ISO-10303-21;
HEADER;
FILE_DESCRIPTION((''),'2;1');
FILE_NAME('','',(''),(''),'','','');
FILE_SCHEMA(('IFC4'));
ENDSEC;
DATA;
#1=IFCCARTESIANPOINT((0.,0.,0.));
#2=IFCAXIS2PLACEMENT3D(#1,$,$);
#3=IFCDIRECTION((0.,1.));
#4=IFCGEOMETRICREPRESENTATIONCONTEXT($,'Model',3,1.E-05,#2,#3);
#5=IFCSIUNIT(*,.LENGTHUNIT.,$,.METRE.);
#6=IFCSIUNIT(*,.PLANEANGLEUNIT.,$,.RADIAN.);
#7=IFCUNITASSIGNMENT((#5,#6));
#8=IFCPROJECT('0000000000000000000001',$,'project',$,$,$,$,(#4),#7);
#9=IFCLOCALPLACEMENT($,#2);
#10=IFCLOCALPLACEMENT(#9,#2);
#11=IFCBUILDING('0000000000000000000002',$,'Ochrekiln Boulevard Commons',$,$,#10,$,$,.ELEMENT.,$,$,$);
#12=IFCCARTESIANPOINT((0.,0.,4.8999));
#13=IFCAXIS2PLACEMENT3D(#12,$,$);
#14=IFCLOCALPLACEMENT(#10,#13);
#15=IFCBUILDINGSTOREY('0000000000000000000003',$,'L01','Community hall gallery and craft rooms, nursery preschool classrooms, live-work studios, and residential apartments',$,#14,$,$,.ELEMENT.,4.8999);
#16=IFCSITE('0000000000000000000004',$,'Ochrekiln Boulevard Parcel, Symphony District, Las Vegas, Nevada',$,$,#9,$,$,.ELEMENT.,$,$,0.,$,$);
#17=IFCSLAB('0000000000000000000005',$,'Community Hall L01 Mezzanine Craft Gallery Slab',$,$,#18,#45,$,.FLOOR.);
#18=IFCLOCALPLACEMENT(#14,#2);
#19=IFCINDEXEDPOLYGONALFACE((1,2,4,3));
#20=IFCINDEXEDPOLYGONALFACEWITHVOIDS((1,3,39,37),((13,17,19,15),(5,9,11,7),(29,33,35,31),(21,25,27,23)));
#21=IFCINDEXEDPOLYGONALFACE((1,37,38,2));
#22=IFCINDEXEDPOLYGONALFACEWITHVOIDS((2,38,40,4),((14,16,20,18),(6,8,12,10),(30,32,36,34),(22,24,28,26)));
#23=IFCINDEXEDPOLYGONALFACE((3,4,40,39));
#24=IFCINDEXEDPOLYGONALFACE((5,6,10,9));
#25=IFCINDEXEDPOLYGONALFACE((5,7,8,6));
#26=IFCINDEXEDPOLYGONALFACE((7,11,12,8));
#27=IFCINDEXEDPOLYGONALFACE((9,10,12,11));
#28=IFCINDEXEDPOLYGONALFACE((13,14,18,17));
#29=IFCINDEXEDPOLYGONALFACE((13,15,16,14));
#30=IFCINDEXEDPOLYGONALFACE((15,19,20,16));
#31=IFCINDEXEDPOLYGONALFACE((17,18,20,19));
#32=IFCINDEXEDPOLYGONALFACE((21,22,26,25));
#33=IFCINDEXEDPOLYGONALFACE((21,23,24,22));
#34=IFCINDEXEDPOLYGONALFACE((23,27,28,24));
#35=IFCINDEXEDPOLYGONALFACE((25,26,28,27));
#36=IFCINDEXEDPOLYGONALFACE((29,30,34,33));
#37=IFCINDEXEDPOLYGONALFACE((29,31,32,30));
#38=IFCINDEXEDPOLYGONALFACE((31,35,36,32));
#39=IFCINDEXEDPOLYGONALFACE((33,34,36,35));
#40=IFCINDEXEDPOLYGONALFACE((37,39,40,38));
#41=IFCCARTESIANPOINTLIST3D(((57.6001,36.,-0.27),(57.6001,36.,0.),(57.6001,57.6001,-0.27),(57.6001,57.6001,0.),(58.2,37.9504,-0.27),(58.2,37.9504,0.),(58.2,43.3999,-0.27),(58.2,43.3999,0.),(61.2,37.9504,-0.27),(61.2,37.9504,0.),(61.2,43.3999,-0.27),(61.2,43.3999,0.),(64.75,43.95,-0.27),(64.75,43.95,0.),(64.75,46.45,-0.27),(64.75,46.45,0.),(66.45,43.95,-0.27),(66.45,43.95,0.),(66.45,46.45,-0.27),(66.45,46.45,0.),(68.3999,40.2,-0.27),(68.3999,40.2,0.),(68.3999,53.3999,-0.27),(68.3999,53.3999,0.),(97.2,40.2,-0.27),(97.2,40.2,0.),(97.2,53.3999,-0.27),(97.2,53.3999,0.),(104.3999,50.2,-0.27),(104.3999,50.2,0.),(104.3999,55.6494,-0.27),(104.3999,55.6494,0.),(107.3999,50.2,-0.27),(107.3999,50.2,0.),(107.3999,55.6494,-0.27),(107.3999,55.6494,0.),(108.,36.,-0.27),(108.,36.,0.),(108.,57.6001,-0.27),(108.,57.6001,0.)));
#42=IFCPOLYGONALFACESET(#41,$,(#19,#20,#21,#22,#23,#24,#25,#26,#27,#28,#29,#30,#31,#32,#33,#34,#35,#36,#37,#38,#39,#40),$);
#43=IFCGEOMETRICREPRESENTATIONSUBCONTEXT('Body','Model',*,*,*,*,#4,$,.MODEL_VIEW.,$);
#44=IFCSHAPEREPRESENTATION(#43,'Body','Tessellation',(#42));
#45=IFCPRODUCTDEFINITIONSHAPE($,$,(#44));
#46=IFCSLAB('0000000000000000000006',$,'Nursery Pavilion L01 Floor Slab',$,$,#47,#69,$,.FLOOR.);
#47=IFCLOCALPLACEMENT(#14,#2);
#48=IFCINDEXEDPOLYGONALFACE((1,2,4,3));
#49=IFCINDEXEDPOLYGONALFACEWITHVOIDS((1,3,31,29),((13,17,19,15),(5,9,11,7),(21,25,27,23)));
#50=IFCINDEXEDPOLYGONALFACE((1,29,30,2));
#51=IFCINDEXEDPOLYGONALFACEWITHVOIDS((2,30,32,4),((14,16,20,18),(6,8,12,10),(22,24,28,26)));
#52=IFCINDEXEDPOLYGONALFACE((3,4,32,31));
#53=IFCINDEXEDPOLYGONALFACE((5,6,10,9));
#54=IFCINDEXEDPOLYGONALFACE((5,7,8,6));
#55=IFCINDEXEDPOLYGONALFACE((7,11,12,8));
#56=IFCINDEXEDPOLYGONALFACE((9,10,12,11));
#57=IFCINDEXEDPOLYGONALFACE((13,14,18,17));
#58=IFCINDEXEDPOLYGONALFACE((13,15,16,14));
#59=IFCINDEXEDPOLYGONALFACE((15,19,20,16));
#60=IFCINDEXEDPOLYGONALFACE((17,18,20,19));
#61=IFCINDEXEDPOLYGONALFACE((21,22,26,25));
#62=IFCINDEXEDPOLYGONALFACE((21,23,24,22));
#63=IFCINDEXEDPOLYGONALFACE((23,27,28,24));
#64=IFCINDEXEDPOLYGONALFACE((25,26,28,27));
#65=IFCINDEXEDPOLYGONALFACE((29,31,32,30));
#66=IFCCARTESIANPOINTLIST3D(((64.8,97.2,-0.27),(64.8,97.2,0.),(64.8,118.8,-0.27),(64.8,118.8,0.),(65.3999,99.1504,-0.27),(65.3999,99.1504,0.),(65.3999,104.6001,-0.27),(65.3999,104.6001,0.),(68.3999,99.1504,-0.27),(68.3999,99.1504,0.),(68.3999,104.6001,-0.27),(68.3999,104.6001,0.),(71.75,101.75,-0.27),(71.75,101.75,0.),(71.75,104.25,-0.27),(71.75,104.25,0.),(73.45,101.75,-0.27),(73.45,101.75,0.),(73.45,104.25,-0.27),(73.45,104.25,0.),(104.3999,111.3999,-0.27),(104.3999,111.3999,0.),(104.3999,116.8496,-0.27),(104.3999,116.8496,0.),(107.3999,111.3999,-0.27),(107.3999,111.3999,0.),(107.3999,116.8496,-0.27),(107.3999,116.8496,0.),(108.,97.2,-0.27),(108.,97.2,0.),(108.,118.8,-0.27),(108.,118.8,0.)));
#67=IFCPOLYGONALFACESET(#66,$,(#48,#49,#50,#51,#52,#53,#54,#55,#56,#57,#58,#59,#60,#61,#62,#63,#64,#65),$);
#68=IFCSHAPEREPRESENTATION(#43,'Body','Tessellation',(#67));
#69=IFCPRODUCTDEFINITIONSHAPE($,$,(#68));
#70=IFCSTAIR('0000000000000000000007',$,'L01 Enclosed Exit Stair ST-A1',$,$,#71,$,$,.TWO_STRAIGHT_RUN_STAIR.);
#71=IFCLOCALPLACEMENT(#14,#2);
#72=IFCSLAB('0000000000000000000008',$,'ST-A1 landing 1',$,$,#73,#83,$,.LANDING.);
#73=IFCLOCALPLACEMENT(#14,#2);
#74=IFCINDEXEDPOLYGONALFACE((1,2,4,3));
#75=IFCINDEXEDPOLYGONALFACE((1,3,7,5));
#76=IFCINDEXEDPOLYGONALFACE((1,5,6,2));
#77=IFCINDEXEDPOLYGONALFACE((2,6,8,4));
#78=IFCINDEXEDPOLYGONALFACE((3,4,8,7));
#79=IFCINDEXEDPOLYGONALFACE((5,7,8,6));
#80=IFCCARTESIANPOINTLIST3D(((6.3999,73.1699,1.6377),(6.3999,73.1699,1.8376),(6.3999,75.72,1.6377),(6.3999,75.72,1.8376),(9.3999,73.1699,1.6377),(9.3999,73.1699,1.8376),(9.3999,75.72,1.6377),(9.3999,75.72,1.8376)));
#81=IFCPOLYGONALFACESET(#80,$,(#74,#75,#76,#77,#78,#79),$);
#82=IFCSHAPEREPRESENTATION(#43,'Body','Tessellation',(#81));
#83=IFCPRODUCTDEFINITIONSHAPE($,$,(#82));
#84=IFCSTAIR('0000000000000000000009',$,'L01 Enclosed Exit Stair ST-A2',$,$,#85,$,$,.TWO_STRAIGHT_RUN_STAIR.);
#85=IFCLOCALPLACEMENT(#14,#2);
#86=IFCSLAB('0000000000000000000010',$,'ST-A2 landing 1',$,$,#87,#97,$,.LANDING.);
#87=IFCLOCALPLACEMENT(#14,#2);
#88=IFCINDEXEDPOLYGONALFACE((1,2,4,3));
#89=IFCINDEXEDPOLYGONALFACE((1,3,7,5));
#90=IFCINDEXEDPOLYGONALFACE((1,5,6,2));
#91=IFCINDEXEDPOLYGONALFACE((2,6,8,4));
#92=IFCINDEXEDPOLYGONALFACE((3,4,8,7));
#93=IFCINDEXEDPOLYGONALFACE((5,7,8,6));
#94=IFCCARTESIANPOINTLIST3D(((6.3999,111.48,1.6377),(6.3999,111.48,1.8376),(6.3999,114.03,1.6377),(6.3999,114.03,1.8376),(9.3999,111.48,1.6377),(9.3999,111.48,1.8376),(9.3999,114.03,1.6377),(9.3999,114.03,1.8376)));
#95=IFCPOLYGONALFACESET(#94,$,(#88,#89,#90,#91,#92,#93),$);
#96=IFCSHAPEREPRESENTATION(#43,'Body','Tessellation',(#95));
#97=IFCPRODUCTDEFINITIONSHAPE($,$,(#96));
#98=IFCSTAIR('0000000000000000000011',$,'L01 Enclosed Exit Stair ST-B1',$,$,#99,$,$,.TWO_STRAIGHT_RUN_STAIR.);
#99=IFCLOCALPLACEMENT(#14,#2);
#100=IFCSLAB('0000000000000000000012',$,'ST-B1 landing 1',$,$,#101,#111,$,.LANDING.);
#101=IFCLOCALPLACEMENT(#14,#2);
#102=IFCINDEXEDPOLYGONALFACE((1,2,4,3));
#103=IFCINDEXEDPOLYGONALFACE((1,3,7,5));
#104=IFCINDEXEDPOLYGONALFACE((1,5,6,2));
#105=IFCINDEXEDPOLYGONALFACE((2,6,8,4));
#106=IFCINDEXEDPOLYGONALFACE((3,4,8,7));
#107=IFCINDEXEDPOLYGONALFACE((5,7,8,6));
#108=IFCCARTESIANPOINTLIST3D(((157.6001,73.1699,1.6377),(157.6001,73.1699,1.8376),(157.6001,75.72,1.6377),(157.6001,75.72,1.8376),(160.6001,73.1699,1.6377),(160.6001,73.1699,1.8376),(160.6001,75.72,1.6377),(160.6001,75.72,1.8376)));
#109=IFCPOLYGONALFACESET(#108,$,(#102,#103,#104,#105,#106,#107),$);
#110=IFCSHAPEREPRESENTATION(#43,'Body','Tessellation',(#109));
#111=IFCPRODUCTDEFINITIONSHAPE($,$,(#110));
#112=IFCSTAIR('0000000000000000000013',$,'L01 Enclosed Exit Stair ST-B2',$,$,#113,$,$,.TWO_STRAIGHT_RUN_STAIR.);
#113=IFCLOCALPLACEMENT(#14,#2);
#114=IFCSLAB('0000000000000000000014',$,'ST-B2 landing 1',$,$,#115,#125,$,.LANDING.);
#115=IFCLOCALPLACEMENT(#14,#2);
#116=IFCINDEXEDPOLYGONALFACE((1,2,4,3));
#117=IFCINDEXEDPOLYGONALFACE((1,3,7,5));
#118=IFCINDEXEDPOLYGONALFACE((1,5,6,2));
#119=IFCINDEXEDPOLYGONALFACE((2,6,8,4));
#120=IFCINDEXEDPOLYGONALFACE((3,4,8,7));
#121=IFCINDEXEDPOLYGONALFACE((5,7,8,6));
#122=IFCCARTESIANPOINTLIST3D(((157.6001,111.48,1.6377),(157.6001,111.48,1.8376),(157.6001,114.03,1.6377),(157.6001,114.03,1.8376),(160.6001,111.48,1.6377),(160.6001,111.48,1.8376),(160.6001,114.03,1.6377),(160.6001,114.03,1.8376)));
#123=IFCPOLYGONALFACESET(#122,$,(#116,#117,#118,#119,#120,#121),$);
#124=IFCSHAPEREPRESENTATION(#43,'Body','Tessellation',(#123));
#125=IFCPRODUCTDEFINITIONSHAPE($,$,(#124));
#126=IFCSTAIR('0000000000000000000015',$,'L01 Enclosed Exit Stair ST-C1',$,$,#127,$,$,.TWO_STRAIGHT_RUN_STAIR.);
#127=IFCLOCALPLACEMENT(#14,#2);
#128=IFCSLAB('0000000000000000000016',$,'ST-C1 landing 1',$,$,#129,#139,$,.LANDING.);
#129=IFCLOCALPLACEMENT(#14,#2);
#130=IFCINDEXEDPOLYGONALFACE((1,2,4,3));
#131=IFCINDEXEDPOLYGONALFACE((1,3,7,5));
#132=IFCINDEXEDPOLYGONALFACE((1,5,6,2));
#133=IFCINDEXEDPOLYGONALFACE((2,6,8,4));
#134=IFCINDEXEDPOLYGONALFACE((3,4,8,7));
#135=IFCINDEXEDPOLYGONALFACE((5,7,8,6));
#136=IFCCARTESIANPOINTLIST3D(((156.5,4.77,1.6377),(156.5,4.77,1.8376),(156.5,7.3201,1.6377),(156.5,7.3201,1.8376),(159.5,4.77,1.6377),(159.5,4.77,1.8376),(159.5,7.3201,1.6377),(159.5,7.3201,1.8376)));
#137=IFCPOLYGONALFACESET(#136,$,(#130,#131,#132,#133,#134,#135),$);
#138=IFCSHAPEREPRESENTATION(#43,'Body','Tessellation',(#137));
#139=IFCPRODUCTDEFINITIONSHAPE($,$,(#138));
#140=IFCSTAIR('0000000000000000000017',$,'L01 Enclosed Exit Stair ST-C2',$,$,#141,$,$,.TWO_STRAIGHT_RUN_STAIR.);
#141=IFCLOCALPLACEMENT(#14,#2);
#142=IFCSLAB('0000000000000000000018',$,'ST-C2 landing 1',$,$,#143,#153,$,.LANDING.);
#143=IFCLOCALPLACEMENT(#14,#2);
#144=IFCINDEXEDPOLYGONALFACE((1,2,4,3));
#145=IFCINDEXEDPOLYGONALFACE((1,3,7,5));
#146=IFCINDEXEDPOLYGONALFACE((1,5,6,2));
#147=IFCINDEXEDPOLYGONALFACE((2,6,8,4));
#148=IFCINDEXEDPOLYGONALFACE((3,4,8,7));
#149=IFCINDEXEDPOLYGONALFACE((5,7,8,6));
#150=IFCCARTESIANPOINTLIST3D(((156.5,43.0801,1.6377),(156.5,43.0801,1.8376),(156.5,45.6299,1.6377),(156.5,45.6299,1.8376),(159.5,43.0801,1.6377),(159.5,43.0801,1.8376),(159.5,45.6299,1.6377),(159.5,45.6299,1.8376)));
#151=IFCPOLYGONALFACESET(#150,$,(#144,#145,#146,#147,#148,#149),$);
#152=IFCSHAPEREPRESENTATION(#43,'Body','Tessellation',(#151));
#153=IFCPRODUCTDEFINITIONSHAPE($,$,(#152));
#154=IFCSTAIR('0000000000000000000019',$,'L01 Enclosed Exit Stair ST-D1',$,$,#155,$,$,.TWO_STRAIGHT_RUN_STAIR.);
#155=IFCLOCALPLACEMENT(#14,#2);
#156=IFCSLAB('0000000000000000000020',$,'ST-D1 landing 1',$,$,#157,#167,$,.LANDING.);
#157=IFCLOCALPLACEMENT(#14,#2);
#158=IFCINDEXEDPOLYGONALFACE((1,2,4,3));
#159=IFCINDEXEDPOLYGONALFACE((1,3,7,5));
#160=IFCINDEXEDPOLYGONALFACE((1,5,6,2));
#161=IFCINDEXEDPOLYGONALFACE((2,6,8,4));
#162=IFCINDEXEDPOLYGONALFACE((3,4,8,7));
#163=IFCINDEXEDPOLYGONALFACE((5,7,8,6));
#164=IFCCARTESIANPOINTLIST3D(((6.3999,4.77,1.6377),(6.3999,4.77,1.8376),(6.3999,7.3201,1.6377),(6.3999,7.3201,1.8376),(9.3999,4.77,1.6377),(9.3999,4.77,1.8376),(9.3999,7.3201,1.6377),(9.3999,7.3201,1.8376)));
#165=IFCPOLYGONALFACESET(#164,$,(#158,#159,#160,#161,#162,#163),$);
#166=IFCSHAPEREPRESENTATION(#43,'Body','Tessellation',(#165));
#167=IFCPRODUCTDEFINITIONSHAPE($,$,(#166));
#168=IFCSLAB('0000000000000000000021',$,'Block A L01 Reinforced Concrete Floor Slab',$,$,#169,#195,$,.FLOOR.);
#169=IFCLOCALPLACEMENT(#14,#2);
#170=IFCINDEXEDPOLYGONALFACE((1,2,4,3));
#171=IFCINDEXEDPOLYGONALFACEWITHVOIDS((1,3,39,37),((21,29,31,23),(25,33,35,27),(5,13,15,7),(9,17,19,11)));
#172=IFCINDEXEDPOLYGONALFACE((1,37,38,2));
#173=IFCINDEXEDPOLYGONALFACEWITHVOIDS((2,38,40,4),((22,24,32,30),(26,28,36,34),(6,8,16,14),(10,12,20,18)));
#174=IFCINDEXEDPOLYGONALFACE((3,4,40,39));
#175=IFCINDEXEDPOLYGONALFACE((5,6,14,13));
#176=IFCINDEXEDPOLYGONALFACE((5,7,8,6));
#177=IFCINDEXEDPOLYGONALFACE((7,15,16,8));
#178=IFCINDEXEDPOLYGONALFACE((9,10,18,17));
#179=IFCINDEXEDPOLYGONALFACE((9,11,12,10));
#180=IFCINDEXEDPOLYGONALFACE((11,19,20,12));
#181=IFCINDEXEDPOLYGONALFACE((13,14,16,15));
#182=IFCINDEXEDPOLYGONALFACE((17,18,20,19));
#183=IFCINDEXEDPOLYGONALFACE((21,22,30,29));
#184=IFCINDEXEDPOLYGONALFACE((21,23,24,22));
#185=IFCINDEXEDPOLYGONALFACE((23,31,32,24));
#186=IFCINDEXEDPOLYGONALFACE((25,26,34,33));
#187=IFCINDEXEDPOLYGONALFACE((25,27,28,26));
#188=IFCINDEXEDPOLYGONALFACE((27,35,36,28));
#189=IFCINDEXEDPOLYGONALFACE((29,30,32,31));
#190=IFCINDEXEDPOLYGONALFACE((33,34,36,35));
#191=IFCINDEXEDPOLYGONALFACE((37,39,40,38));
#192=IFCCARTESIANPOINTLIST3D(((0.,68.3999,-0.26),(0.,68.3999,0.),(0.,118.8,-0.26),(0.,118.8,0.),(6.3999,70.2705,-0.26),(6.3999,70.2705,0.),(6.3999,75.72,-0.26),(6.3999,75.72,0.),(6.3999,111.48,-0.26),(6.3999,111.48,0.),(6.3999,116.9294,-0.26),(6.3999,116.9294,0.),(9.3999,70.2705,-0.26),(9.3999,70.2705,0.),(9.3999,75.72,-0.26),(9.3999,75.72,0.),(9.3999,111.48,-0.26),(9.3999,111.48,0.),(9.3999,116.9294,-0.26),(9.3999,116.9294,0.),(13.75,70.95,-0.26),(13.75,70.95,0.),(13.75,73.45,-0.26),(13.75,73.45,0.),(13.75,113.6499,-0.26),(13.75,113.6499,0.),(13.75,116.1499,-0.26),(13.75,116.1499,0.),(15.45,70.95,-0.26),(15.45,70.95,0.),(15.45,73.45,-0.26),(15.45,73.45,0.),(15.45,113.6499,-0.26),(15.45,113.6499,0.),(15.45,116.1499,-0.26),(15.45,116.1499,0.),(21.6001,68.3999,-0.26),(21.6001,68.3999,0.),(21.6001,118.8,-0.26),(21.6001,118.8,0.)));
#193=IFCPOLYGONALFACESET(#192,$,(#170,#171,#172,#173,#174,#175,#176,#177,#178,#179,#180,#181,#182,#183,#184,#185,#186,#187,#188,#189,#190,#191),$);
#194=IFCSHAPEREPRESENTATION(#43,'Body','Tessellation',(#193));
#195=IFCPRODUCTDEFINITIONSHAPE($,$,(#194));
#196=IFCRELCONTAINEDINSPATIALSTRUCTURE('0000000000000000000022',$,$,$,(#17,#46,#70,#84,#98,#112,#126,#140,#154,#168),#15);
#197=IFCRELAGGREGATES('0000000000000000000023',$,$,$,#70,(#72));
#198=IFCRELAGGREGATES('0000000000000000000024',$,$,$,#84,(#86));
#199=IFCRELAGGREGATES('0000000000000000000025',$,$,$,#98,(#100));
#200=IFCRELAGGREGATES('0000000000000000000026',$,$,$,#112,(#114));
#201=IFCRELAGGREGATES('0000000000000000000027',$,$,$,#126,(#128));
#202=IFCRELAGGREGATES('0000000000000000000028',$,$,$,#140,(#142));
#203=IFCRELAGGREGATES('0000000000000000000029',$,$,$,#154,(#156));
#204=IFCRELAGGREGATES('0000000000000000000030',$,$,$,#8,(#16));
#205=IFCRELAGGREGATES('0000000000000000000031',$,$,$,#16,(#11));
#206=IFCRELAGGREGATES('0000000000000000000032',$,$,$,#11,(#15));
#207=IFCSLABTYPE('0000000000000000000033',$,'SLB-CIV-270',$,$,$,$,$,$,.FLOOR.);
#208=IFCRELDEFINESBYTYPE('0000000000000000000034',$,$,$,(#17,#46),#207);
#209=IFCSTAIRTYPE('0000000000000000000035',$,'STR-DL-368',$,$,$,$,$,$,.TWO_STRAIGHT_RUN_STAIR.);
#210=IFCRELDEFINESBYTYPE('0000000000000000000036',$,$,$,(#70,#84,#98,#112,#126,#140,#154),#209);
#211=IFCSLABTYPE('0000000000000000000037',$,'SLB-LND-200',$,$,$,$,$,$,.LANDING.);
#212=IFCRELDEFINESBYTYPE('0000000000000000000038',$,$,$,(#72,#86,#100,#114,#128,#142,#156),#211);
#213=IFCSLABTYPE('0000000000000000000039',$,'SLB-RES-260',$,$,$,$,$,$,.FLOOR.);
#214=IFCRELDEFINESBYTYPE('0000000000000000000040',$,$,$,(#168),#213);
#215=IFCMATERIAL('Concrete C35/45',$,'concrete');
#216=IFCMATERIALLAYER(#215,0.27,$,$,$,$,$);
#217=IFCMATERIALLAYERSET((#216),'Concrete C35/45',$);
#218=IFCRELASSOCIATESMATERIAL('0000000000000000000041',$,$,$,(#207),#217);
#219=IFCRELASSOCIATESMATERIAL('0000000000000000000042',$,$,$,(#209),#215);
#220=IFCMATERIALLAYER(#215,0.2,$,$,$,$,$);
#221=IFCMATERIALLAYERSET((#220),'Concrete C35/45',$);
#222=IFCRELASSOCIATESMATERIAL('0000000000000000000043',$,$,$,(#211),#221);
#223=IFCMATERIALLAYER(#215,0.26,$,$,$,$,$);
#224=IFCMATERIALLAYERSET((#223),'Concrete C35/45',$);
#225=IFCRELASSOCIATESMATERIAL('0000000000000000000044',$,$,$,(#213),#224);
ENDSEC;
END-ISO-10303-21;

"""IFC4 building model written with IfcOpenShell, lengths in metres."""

from ifc_helpers import new_model, si_unit, direction, frame, origin, place, context, subcontext, project, spatial, polyline, outline, extrude, material, layer, layer_set, type_object, element, aggregate, save


model = new_model("IFC4")

# Units and contexts
model_context = context("Model", 3, precision=1e-05, world=origin(), true_north=direction((0.0, 1.0)))
body_context = subcontext(model_context, "Body", "Model", "MODEL_VIEW")
ifc_project = project(units=[si_unit("LENGTHUNIT", "METRE"), si_unit("PLANEANGLEUNIT", "RADIAN")], contexts=[model_context])

# Site, building, storey
site_placement = place(None, origin())
site = spatial("IfcSite", under=ifc_project, at=site_placement, Name="Ochrekiln Boulevard Parcel, Symphony District, Las Vegas, Nevada", CompositionType="ELEMENT", RefElevation=0.0)
building_placement = place(site_placement, origin())
building = spatial("IfcBuilding", under=site, at=building_placement, Name="Ochrekiln Boulevard Commons", CompositionType="ELEMENT")
storey_placement = place(building_placement, frame((0.0, 0.0, 4.8999)))
storey = spatial("IfcBuildingStorey", under=building, at=storey_placement, Name="L01", Description="Community hall gallery and craft rooms, nursery preschool classrooms, live-work studios, and residential apartments", CompositionType="ELEMENT", Elevation=4.8999)

# Slabs
ifc_material = material(Name="Concrete C35/45", Category="concrete")
ifc_layer_1 = layer(ifc_material, 0.27)
ifc_layer_set_1 = layer_set([ifc_layer_1], Name="Concrete C35/45")
slab_type_1 = type_object("IfcSlabType", Name="SLB-CIV-270", PredefinedType="FLOOR", material=ifc_layer_set_1)
slab_1_placement = place(storey_placement, frame((0.0, 0.0, -0.27)))
element("IfcSlab", 1, at=slab_1_placement, inside=storey, type_object=slab_type_1, Name="Community Hall L01 Mezzanine Craft Gallery Slab", PredefinedType="FLOOR", context=body_context, shape_type="SweptSolid", body=[
    extrude(outline(polyline([(57.6001, 36.0), (108.0, 36.0), (108.0, 57.6001), (57.6001, 57.6001), (57.6001, 36.0)]), holes=[polyline([(61.2, 37.9504), (61.2, 43.3999), (58.2, 43.3999), (58.2, 37.9504), (61.2, 37.9504)]), polyline([(104.3999, 55.6494), (104.3999, 50.2), (107.3999, 50.2), (107.3999, 55.6494), (104.3999, 55.6494)]), polyline([(64.75, 43.95), (66.45, 43.95), (66.45, 46.45), (64.75, 46.45), (64.75, 43.95)]), polyline([(68.3999, 40.2), (97.2, 40.2), (97.2, 53.3999), (68.3999, 53.3999), (68.3999, 40.2)])]), origin(), (0.0, 0.0, 1.0), 0.27),
])
slab_2_placement = place(storey_placement, frame((0.0, 0.0, -0.27)))
element("IfcSlab", 2, at=slab_2_placement, inside=storey, type_object=slab_type_1, Name="Nursery Pavilion L01 Floor Slab", PredefinedType="FLOOR", context=body_context, shape_type="SweptSolid", body=[
    extrude(outline(polyline([(64.8, 97.2), (108.0, 97.2), (108.0, 118.8), (64.8, 118.8), (64.8, 97.2)]), holes=[polyline([(68.3999, 99.1504), (68.3999, 104.6001), (65.3999, 104.6001), (65.3999, 99.1504), (68.3999, 99.1504)]), polyline([(104.3999, 116.8496), (104.3999, 111.3999), (107.3999, 111.3999), (107.3999, 116.8496), (104.3999, 116.8496)]), polyline([(71.75, 101.75), (73.45, 101.75), (73.45, 104.25), (71.75, 104.25), (71.75, 101.75)])]), origin(), (0.0, 0.0, 1.0), 0.27),
])

# Stairs, slabs
stair_type = type_object("IfcStairType", Name="STR-DL-368", PredefinedType="TWO_STRAIGHT_RUN_STAIR", material=ifc_material)
stair_1_placement = place(storey_placement, origin())
stair_1 = element("IfcStair", 3, at=stair_1_placement, inside=storey, type_object=stair_type, Name="L01 Enclosed Exit Stair ST-A1", PredefinedType="TWO_STRAIGHT_RUN_STAIR")
ifc_layer_2 = layer(ifc_material, 0.2)
ifc_layer_set_2 = layer_set([ifc_layer_2], Name="Concrete C35/45")
slab_type_2 = type_object("IfcSlabType", Name="SLB-LND-200", PredefinedType="LANDING", material=ifc_layer_set_2)
slab_3_placement = place(storey_placement, frame((0.0, 0.0, 1.6377)))
slab_3 = element("IfcSlab", 4, at=slab_3_placement, type_object=slab_type_2, Name="ST-A1 landing 1", PredefinedType="LANDING", context=body_context, shape_type="SweptSolid", body=[
    extrude(outline(polyline([(9.3999, 73.1699), (9.3999, 75.72), (6.3999, 75.72), (6.3999, 73.1699), (9.3999, 73.1699)])), origin(), (0.0, 0.0, 1.0), 0.2),
])
aggregate(stair_1, [slab_3])
stair_2_placement = place(storey_placement, origin())
stair_2 = element("IfcStair", 5, at=stair_2_placement, inside=storey, type_object=stair_type, Name="L01 Enclosed Exit Stair ST-A2", PredefinedType="TWO_STRAIGHT_RUN_STAIR")
slab_4_placement = place(storey_placement, frame((0.0, 0.0, 1.6377)))
slab_4 = element("IfcSlab", 6, at=slab_4_placement, type_object=slab_type_2, Name="ST-A2 landing 1", PredefinedType="LANDING", context=body_context, shape_type="SweptSolid", body=[
    extrude(outline(polyline([(6.3999, 114.03), (6.3999, 111.48), (9.3999, 111.48), (9.3999, 114.03), (6.3999, 114.03)])), origin(), (0.0, 0.0, 1.0), 0.2),
])
aggregate(stair_2, [slab_4])
stair_3_placement = place(storey_placement, origin())
stair_3 = element("IfcStair", 7, at=stair_3_placement, inside=storey, type_object=stair_type, Name="L01 Enclosed Exit Stair ST-B1", PredefinedType="TWO_STRAIGHT_RUN_STAIR")
slab_5_placement = place(storey_placement, frame((0.0, 0.0, 1.6377)))
slab_5 = element("IfcSlab", 8, at=slab_5_placement, type_object=slab_type_2, Name="ST-B1 landing 1", PredefinedType="LANDING", context=body_context, shape_type="SweptSolid", body=[
    extrude(outline(polyline([(160.6001, 73.1699), (160.6001, 75.72), (157.6001, 75.72), (157.6001, 73.1699), (160.6001, 73.1699)])), origin(), (0.0, 0.0, 1.0), 0.2),
])
aggregate(stair_3, [slab_5])
stair_4_placement = place(storey_placement, origin())
stair_4 = element("IfcStair", 9, at=stair_4_placement, inside=storey, type_object=stair_type, Name="L01 Enclosed Exit Stair ST-B2", PredefinedType="TWO_STRAIGHT_RUN_STAIR")
slab_6_placement = place(storey_placement, frame((0.0, 0.0, 1.6377)))
slab_6 = element("IfcSlab", 10, at=slab_6_placement, type_object=slab_type_2, Name="ST-B2 landing 1", PredefinedType="LANDING", context=body_context, shape_type="SweptSolid", body=[
    extrude(outline(polyline([(157.6001, 114.03), (157.6001, 111.48), (160.6001, 111.48), (160.6001, 114.03), (157.6001, 114.03)])), origin(), (0.0, 0.0, 1.0), 0.2),
])
aggregate(stair_4, [slab_6])
stair_5_placement = place(storey_placement, origin())
stair_5 = element("IfcStair", 11, at=stair_5_placement, inside=storey, type_object=stair_type, Name="L01 Enclosed Exit Stair ST-C1", PredefinedType="TWO_STRAIGHT_RUN_STAIR")
slab_7_placement = place(storey_placement, frame((0.0, 0.0, 1.6377)))
slab_7 = element("IfcSlab", 12, at=slab_7_placement, type_object=slab_type_2, Name="ST-C1 landing 1", PredefinedType="LANDING", context=body_context, shape_type="SweptSolid", body=[
    extrude(outline(polyline([(159.5, 4.77), (159.5, 7.3201), (156.5, 7.3201), (156.5, 4.77), (159.5, 4.77)])), origin(), (0.0, 0.0, 1.0), 0.2),
])
aggregate(stair_5, [slab_7])
stair_6_placement = place(storey_placement, origin())
stair_6 = element("IfcStair", 13, at=stair_6_placement, inside=storey, type_object=stair_type, Name="L01 Enclosed Exit Stair ST-C2", PredefinedType="TWO_STRAIGHT_RUN_STAIR")
slab_8_placement = place(storey_placement, frame((0.0, 0.0, 1.6377)))
slab_8 = element("IfcSlab", 14, at=slab_8_placement, type_object=slab_type_2, Name="ST-C2 landing 1", PredefinedType="LANDING", context=body_context, shape_type="SweptSolid", body=[
    extrude(outline(polyline([(156.5, 45.6299), (156.5, 43.0801), (159.5, 43.0801), (159.5, 45.6299), (156.5, 45.6299)])), origin(), (0.0, 0.0, 1.0), 0.2),
])
aggregate(stair_6, [slab_8])
stair_7_placement = place(storey_placement, origin())
stair_7 = element("IfcStair", 15, at=stair_7_placement, inside=storey, type_object=stair_type, Name="L01 Enclosed Exit Stair ST-D1", PredefinedType="TWO_STRAIGHT_RUN_STAIR")
slab_9_placement = place(storey_placement, frame((0.0, 0.0, 1.6377)))
slab_9 = element("IfcSlab", 16, at=slab_9_placement, type_object=slab_type_2, Name="ST-D1 landing 1", PredefinedType="LANDING", context=body_context, shape_type="SweptSolid", body=[
    extrude(outline(polyline([(9.3999, 4.77), (9.3999, 7.3201), (6.3999, 7.3201), (6.3999, 4.77), (9.3999, 4.77)])), origin(), (0.0, 0.0, 1.0), 0.2),
])
aggregate(stair_7, [slab_9])

# Slab
ifc_layer_3 = layer(ifc_material, 0.26)
ifc_layer_set_3 = layer_set([ifc_layer_3], Name="Concrete C35/45")
slab_type_3 = type_object("IfcSlabType", Name="SLB-RES-260", PredefinedType="FLOOR", material=ifc_layer_set_3)
slab_10_placement = place(storey_placement, frame((0.0, 0.0, -0.26)))
element("IfcSlab", 17, at=slab_10_placement, inside=storey, type_object=slab_type_3, Name="Block A L01 Reinforced Concrete Floor Slab", PredefinedType="FLOOR", context=body_context, shape_type="SweptSolid", body=[
    extrude(outline(polyline([(0.0, 68.3999), (21.6001, 68.3999), (21.6001, 118.8), (0.0, 118.8), (0.0, 68.3999)]), holes=[polyline([(9.3999, 70.2705), (9.3999, 75.72), (6.3999, 75.72), (6.3999, 70.2705), (9.3999, 70.2705)]), polyline([(6.3999, 116.9294), (6.3999, 111.48), (9.3999, 111.48), (9.3999, 116.9294), (6.3999, 116.9294)]), polyline([(13.75, 70.95), (15.45, 70.95), (15.45, 73.45), (13.75, 73.45), (13.75, 70.95)]), polyline([(13.75, 113.6499), (15.45, 113.6499), (15.45, 116.1499), (13.75, 116.1499), (13.75, 113.6499)])]), origin(), (0.0, 0.0, 1.0), 0.26),
])

save(model, "model.ifc")
